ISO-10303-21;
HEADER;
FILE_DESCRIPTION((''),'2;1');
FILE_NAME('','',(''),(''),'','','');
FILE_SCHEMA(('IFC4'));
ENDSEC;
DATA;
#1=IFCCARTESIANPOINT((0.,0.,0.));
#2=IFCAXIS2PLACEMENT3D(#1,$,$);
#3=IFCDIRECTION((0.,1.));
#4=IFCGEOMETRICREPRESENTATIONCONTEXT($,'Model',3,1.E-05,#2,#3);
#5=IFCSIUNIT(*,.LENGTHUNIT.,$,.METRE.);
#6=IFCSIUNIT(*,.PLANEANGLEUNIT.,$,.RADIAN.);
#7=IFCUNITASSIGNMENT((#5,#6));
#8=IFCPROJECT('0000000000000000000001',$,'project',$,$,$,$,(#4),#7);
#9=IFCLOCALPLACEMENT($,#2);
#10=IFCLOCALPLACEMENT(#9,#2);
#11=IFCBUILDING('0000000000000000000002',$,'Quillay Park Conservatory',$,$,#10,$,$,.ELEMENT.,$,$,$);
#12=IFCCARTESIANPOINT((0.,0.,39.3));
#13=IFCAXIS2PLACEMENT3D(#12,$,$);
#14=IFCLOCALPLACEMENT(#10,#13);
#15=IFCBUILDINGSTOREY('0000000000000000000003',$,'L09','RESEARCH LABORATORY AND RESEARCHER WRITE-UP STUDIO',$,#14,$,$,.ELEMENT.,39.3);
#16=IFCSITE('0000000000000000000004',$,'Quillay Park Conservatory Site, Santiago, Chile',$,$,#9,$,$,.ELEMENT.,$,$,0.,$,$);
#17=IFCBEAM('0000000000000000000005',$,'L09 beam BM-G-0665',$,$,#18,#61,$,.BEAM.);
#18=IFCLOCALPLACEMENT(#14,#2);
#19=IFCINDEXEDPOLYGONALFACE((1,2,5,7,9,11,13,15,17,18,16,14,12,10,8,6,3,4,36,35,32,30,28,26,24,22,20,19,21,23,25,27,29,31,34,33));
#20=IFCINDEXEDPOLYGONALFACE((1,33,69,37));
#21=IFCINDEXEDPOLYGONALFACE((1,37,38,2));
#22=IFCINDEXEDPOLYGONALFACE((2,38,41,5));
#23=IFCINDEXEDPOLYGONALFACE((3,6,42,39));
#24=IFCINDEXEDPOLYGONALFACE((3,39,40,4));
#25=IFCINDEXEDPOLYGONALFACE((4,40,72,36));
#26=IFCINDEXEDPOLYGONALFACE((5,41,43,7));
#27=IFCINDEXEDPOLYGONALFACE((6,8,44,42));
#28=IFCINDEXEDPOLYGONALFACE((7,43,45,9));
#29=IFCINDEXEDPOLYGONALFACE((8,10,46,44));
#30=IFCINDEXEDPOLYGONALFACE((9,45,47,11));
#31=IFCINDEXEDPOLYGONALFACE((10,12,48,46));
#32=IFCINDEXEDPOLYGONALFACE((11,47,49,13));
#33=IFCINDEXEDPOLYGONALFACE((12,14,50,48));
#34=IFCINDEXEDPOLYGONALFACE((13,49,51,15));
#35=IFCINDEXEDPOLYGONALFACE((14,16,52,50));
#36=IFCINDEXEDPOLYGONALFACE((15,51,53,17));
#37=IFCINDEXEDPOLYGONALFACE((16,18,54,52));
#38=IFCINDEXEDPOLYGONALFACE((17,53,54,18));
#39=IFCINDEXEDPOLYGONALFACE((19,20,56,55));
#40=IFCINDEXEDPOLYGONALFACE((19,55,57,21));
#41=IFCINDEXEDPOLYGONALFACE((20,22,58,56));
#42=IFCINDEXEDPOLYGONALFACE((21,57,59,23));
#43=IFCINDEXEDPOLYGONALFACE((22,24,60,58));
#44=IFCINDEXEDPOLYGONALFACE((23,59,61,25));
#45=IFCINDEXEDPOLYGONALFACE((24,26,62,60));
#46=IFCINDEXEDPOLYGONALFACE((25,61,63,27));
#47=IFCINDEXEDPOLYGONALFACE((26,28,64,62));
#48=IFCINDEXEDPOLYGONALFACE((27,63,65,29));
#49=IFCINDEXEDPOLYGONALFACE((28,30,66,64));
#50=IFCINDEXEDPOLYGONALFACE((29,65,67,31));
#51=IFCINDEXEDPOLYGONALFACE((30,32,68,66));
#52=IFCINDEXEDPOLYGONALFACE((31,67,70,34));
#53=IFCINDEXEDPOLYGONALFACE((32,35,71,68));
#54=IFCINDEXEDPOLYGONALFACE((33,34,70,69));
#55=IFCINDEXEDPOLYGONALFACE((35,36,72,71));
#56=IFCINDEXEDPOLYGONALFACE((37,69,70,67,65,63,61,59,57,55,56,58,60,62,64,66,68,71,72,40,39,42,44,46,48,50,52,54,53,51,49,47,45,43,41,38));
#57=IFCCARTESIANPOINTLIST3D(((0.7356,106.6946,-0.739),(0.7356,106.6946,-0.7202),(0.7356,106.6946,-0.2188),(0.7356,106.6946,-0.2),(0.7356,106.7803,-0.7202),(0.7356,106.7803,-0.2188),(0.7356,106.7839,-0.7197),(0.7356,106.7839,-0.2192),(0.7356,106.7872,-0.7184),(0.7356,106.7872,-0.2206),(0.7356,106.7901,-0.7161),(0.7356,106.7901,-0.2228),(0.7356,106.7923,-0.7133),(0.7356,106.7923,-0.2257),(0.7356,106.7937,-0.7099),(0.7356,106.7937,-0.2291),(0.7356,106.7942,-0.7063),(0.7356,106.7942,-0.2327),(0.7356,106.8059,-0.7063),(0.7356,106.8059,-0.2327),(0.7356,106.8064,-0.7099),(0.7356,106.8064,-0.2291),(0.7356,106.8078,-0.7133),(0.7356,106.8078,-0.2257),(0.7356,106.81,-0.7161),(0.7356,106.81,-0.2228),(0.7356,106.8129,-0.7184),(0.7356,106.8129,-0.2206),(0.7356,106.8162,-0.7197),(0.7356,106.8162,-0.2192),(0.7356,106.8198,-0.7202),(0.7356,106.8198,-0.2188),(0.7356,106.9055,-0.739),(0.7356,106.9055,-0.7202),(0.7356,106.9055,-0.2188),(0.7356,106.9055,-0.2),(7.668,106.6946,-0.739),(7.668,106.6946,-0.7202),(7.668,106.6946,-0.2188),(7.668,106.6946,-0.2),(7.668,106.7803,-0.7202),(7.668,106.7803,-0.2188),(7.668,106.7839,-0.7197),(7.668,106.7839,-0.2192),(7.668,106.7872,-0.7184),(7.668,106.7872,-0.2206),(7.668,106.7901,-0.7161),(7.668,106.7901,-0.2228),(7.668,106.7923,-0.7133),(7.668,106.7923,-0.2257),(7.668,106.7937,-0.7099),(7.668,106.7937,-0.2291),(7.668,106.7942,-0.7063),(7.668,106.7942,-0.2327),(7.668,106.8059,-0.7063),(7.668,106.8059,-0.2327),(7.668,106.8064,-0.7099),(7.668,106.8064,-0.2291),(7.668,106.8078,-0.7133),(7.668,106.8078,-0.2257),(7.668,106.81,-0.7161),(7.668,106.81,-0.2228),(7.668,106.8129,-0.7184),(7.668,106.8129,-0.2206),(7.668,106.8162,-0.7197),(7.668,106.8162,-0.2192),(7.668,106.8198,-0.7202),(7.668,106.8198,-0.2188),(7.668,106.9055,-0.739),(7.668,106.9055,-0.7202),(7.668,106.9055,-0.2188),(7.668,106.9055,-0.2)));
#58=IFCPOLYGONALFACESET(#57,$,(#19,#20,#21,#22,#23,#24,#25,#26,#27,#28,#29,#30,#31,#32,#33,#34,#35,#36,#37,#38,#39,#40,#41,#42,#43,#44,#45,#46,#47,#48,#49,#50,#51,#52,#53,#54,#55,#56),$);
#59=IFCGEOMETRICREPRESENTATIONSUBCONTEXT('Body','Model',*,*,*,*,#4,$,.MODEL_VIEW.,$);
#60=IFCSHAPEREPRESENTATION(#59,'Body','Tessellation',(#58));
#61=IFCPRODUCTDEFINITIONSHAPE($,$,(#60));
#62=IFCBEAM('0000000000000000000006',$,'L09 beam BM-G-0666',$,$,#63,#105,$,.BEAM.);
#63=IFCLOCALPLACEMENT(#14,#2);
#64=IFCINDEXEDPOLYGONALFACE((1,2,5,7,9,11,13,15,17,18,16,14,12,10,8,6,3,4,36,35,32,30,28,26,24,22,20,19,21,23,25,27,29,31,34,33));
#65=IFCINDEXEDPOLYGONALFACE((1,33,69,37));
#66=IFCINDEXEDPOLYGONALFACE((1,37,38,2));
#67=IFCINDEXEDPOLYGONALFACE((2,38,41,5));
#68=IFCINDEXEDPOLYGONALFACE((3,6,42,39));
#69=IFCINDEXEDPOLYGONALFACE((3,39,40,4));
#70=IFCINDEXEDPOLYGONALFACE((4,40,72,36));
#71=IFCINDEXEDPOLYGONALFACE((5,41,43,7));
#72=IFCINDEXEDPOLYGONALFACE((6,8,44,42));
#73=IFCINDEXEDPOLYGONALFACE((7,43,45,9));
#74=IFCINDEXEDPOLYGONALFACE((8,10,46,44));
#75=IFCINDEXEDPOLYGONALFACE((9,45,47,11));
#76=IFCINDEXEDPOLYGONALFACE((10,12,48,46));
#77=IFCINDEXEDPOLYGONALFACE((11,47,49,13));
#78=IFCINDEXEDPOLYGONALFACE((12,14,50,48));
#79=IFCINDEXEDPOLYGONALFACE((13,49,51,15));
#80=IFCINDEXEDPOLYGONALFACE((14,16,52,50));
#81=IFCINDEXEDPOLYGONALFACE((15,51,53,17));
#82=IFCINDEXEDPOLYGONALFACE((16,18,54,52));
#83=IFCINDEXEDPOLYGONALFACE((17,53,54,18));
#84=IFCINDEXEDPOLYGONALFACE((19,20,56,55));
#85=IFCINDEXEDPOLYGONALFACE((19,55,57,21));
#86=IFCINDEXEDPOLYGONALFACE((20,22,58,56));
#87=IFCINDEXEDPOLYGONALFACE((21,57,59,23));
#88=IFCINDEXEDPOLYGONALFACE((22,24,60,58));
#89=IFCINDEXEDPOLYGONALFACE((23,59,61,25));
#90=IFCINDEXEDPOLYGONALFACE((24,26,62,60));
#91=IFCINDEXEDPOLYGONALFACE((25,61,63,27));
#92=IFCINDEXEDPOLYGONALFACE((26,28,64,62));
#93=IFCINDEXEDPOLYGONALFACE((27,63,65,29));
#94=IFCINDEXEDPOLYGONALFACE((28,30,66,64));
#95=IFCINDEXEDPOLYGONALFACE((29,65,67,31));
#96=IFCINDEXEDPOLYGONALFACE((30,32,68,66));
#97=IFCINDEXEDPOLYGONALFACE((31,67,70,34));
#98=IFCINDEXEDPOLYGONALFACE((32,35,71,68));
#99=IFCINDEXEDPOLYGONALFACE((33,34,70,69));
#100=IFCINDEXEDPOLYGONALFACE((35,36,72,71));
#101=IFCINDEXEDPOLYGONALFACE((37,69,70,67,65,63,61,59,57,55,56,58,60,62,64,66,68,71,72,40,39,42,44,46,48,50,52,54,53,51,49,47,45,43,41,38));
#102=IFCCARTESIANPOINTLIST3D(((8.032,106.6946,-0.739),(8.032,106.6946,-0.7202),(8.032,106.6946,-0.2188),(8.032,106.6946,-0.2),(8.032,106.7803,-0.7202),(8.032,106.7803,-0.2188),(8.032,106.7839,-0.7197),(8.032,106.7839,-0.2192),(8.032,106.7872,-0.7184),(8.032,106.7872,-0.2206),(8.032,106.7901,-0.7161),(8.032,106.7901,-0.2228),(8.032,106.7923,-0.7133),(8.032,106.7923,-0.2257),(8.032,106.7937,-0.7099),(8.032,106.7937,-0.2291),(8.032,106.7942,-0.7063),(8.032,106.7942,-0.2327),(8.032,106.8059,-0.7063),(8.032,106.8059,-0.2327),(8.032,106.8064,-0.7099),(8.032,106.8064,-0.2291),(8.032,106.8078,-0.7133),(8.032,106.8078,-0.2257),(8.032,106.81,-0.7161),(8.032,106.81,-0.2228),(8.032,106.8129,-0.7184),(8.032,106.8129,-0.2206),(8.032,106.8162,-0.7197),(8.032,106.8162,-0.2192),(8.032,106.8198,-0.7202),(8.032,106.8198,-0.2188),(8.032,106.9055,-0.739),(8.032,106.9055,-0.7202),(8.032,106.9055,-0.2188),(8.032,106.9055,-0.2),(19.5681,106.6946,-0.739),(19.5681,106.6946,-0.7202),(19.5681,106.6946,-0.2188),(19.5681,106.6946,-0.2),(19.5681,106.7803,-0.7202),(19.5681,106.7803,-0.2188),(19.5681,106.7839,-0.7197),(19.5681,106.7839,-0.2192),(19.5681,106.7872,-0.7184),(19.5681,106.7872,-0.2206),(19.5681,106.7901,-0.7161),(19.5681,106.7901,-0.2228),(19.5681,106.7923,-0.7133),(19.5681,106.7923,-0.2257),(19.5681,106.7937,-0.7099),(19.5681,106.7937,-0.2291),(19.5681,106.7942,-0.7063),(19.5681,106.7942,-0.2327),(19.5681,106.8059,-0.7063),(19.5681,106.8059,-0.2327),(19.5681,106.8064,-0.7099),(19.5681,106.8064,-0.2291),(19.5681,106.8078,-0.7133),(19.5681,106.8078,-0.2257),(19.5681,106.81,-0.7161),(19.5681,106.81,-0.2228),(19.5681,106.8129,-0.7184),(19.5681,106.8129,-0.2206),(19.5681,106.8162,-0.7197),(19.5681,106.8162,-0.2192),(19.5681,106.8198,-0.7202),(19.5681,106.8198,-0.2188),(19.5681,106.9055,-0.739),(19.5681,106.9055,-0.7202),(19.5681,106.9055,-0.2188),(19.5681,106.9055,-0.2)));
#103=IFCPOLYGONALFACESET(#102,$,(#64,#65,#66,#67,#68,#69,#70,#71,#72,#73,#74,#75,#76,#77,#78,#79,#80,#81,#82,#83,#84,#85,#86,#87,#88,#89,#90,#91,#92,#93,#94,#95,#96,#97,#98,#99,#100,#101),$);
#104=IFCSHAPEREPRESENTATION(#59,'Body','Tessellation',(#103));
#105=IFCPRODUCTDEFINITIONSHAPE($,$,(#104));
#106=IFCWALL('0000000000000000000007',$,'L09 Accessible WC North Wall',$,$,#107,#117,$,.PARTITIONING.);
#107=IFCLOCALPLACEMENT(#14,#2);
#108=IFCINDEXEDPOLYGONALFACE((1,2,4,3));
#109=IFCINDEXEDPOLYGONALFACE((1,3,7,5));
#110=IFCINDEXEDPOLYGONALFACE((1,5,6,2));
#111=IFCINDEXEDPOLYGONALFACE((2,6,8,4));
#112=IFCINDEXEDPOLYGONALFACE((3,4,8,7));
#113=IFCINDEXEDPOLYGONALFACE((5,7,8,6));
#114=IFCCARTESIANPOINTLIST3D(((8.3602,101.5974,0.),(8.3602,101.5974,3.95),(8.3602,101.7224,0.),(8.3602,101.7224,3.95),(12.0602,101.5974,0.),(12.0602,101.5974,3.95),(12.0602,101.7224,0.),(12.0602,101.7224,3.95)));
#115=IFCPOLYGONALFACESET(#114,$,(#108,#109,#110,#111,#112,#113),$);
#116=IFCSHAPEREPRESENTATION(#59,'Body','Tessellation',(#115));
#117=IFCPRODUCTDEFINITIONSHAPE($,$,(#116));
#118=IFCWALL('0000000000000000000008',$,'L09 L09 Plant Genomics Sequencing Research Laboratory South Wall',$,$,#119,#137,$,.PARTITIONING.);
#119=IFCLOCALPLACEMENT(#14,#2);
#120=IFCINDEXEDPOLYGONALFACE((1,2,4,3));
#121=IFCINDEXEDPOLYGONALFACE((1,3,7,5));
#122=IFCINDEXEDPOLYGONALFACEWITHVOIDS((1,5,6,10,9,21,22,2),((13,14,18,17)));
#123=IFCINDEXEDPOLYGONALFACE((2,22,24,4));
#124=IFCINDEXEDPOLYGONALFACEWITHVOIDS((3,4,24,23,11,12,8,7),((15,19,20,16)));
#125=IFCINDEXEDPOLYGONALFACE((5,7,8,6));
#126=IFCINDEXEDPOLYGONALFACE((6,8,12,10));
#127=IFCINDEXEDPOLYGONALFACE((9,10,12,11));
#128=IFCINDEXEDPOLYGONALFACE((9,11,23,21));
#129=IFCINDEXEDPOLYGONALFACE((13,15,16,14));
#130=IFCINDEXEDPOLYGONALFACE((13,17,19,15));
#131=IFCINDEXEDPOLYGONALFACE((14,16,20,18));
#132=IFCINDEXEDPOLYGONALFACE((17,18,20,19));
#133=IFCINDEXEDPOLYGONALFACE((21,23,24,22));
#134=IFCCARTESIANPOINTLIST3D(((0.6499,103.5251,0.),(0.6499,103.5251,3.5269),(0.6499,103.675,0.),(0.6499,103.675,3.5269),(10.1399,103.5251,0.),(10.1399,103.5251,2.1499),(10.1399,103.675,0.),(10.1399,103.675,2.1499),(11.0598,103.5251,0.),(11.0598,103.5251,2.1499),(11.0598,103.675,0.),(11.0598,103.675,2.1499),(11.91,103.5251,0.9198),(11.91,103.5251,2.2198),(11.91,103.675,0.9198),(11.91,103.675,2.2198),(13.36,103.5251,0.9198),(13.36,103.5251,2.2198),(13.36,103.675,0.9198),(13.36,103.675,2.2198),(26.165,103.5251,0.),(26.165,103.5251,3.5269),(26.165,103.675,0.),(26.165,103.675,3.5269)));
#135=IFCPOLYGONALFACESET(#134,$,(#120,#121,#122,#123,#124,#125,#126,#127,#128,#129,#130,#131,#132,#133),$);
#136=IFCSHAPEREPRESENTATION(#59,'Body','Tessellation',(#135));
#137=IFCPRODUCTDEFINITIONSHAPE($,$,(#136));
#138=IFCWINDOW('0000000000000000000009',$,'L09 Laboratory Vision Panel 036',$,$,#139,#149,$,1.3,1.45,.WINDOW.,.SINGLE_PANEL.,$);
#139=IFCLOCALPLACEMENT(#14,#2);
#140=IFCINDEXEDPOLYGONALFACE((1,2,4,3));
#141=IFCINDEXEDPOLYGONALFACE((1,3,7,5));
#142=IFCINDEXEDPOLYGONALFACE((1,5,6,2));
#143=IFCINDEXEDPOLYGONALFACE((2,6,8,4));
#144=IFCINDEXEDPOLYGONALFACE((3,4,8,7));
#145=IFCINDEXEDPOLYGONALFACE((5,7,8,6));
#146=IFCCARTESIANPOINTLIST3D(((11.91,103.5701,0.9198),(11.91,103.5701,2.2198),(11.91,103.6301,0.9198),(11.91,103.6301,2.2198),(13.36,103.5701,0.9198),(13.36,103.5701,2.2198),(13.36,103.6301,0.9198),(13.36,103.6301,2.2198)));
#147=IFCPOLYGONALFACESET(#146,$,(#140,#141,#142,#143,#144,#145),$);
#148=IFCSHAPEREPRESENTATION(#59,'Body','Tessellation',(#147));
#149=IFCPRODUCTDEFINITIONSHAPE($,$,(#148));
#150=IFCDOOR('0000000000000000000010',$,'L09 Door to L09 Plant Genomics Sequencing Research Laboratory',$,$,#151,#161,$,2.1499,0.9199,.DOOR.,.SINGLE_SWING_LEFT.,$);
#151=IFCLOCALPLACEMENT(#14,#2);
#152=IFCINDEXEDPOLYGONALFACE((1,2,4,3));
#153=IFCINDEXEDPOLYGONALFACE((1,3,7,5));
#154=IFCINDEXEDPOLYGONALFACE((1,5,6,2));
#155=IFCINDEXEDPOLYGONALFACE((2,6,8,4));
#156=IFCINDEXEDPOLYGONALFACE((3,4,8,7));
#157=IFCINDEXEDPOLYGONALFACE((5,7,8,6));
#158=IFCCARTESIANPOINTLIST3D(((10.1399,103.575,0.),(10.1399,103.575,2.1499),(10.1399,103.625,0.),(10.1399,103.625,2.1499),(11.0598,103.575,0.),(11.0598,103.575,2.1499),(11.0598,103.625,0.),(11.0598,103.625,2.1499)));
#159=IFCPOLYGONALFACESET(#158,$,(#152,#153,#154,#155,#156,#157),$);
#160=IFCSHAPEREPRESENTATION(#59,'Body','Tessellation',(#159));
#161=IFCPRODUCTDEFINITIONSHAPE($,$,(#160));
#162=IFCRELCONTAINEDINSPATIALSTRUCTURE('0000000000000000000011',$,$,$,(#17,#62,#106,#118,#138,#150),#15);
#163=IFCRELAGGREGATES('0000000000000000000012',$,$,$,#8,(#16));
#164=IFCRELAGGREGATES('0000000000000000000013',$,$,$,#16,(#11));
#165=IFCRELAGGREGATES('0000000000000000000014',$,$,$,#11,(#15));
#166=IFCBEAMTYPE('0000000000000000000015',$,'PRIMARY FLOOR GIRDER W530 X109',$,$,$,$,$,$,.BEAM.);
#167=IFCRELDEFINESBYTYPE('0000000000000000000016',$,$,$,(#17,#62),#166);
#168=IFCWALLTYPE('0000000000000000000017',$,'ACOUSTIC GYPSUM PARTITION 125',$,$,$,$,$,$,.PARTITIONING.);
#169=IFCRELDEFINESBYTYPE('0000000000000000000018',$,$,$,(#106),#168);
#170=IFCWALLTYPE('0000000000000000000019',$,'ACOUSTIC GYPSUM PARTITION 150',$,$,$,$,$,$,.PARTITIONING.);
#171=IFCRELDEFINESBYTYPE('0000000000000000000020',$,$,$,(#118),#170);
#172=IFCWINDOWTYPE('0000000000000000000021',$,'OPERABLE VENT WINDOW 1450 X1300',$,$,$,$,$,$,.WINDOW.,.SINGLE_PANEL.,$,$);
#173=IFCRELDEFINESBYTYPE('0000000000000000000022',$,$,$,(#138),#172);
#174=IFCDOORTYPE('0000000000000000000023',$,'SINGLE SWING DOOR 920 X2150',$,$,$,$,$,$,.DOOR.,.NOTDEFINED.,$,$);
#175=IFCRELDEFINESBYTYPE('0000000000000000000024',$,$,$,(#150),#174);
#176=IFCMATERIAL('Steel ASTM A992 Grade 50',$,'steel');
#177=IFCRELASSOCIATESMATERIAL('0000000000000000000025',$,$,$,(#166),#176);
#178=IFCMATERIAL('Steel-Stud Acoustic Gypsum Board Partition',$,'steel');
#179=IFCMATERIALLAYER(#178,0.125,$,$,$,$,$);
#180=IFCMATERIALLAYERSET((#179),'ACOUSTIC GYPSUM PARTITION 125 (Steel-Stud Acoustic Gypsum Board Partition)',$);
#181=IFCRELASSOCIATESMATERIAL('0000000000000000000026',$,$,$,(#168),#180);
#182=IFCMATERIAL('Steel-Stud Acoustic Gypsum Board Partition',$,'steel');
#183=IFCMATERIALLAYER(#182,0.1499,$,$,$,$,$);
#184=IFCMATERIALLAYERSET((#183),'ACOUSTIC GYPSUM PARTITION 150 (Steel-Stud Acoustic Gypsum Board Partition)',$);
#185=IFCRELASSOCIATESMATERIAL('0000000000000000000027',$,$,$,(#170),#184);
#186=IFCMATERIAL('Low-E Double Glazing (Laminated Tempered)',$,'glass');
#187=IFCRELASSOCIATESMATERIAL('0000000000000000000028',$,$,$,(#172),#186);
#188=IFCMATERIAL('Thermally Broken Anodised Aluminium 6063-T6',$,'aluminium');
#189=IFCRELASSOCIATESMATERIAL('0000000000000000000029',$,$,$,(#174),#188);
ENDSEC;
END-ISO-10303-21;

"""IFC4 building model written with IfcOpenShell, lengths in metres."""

from ifc_helpers import new_model, si_unit, direction, frame, frame_2d, origin, origin_2d, place, context, subcontext, project, spatial, rectangle, i_section, extrude, material, layer, layer_set, material_profile, profile_set, type_object, element, fill, save


model = new_model("IFC4")

# Units and contexts
model_context = context("Model", 3, precision=1e-05, world=origin(), true_north=direction((0.0, 1.0)))
body_context = subcontext(model_context, "Body", "Model", "MODEL_VIEW")
ifc_project = project(units=[si_unit("LENGTHUNIT", "METRE"), si_unit("PLANEANGLEUNIT", "RADIAN")], contexts=[model_context])

# Site, building, storey
site_placement = place(None, origin())
site = spatial("IfcSite", under=ifc_project, at=site_placement, Name="Quillay Park Conservatory Site, Santiago, Chile", CompositionType="ELEMENT", RefElevation=0.0)
building_placement = place(site_placement, origin())
building = spatial("IfcBuilding", under=site, at=building_placement, Name="Quillay Park Conservatory", CompositionType="ELEMENT")
storey_placement = place(building_placement, frame((0.0, 0.0, 39.3)))
storey = spatial("IfcBuildingStorey", under=building, at=storey_placement, Name="L09", Description="RESEARCH LABORATORY AND RESEARCHER WRITE-UP STUDIO", CompositionType="ELEMENT", Elevation=39.3)

# Beams
ifc_material_1 = material(Name="Steel ASTM A992 Grade 50", Category="steel")
ifc_material_profile_1 = material_profile(ifc_material_1, i_section(OverallWidth=0.2109, OverallDepth=0.5391, WebThickness=0.0117, FlangeThickness=0.0188, FilletRadius=0.0139, at=origin_2d()), Name="W530x109")
ifc_profile_set_1 = profile_set([ifc_material_profile_1], Name="Steel ASTM A992 Grade 50")
beam_type_1 = type_object("IfcBeamType", Name="PRIMARY FLOOR GIRDER W530 X109", PredefinedType="BEAM", material=ifc_profile_set_1)
beam_1_placement = place(storey_placement, frame((0.7356, 106.8, -0.4695), z_axis=(1.0, 0.0, 0.0), x_axis=(0.0, 1.0, 0.0)))
element("IfcBeam", 1, at=beam_1_placement, inside=storey, type_object=beam_type_1, Name="L09 beam BM-G-0665", PredefinedType="BEAM", context=body_context, shape_type="SweptSolid", body=[
    extrude(i_section(OverallWidth=0.2109, OverallDepth=0.5391, WebThickness=0.0117, FlangeThickness=0.0188, FilletRadius=0.0139, at=origin_2d()), origin(), (0.0, 0.0, 1.0), 6.9324),
])
beam_2_placement = place(storey_placement, frame((8.032, 106.8, -0.4695), z_axis=(1.0, 0.0, 0.0), x_axis=(0.0, 1.0, 0.0)))
element("IfcBeam", 2, at=beam_2_placement, inside=storey, type_object=beam_type_1, Name="L09 beam BM-G-0666", PredefinedType="BEAM", context=body_context, shape_type="SweptSolid", body=[
    extrude(i_section(OverallWidth=0.2109, OverallDepth=0.5391, WebThickness=0.0117, FlangeThickness=0.0188, FilletRadius=0.0139, at=origin_2d()), origin(), (0.0, 0.0, 1.0), 11.5361),
])

# Wall
ifc_material_2 = material(Name="Steel-Stud Acoustic Gypsum Board Partition", Category="steel")
ifc_layer_1 = layer(ifc_material_2, 0.125)
ifc_layer_set_1 = layer_set([ifc_layer_1], Name="ACOUSTIC GYPSUM PARTITION 125 (Steel-Stud Acoustic Gypsum Board Partition)")
wall_type_1 = type_object("IfcWallType", Name="ACOUSTIC GYPSUM PARTITION 125", PredefinedType="PARTITIONING", material=ifc_layer_set_1)
wall_1_placement = place(storey_placement, frame((8.3601, 101.6599, 0.0), z_axis=(0.0, 0.0, 1.0), x_axis=(1.0, 0.0, 0.0)))
element("IfcWall", 3, at=wall_1_placement, inside=storey, type_object=wall_type_1, Name="L09 Accessible WC North Wall", PredefinedType="PARTITIONING", context=body_context, shape_type="SweptSolid", body=[
    extrude(rectangle(XDim=3.7, YDim=0.125, at=frame_2d((1.8501, 0.0))), origin(), (0.0, 0.0, 1.0), 3.95),
])

# Wall, openings, window, door
ifc_material_3 = material(Name="Steel-Stud Acoustic Gypsum Board Partition", Category="steel")
ifc_layer_2 = layer(ifc_material_3, 0.1499)
ifc_layer_set_2 = layer_set([ifc_layer_2], Name="ACOUSTIC GYPSUM PARTITION 150 (Steel-Stud Acoustic Gypsum Board Partition)")
wall_type_2 = type_object("IfcWallType", Name="ACOUSTIC GYPSUM PARTITION 150", PredefinedType="PARTITIONING", material=ifc_layer_set_2)
wall_2_placement = place(storey_placement, frame((0.6499, 103.6001, 0.0), z_axis=(0.0, 0.0, 1.0), x_axis=(1.0, 0.0, 0.0)))
wall_2 = element("IfcWall", 4, at=wall_2_placement, inside=storey, type_object=wall_type_2, Name="L09 L09 Plant Genomics Sequencing Research Laboratory South Wall", PredefinedType="PARTITIONING", context=body_context, shape_type="SweptSolid", body=[
    extrude(rectangle(XDim=25.5151, YDim=0.1499, at=frame_2d((12.7576, 0.0))), origin(), (0.0, 0.0, 1.0), 3.5269),
])
opening_1_placement = place(wall_2_placement, frame((9.49, 0.0, 0.0)))
opening_1 = element("IfcOpeningElement", 5, at=opening_1_placement, cuts=wall_2, PredefinedType="OPENING", context=body_context, shape_type="SweptSolid", body=[
    extrude(rectangle(XDim=0.9199, YDim=2.1499, at=frame_2d((0.46, 1.075))), frame((0.0, 0.075, 0.0), z_axis=(0.0, -1.0, 0.0), x_axis=(1.0, 0.0, 0.0)), (0.0, 0.0, 1.0), 0.1499),
])
opening_2_placement = place(wall_2_placement, frame((11.26, 0.0, 0.9199)))
opening_2 = element("IfcOpeningElement", 6, at=opening_2_placement, cuts=wall_2, PredefinedType="OPENING", context=body_context, shape_type="SweptSolid", body=[
    extrude(rectangle(XDim=1.45, YDim=1.3, at=frame_2d((0.7251, 0.6499))), frame((0.0, 0.075, 0.0), z_axis=(0.0, -1.0, 0.0), x_axis=(1.0, 0.0, 0.0)), (0.0, 0.0, 1.0), 0.1499),
])
ifc_material_4 = material(Name="Low-E Double Glazing (Laminated Tempered)", Category="glass")
window_type_1 = type_object("IfcWindowType", Name="OPERABLE VENT WINDOW 1450 X1300", PartitioningType="SINGLE_PANEL", PredefinedType="WINDOW", material=ifc_material_4)
window_1_placement = place(opening_2_placement, origin())
window_1 = element("IfcWindow", 7, at=window_1_placement, inside=storey, type_object=window_type_1, Name="L09 Laboratory Vision Panel 036", OverallHeight=1.3, OverallWidth=1.45, PartitioningType="SINGLE_PANEL", PredefinedType="WINDOW", context=body_context, shape_type="SweptSolid", body=[
    extrude(rectangle(XDim=1.45, YDim=1.3, at=frame_2d((0.7251, 0.6499))), frame((0.0, 0.03, 0.0), z_axis=(0.0, -1.0, 0.0), x_axis=(1.0, 0.0, 0.0)), (0.0, 0.0, 1.0), 0.0601),
])
fill(opening_2, window_1)
ifc_material_5 = material(Name="Thermally Broken Anodised Aluminium 6063-T6", Category="aluminium")
door_type_1 = type_object("IfcDoorType", Name="SINGLE SWING DOOR 920 X2150", OperationType="NOTDEFINED", PredefinedType="DOOR", material=ifc_material_5)
door_1_placement = place(opening_1_placement, origin())
door_1 = element("IfcDoor", 8, at=door_1_placement, inside=storey, type_object=door_type_1, Name="L09 Door to L09 Plant Genomics Sequencing Research Laboratory", OperationType="SINGLE_SWING_LEFT", OverallHeight=2.1499, OverallWidth=0.9199, PredefinedType="DOOR", context=body_context, shape_type="SweptSolid", body=[
    extrude(rectangle(XDim=0.9199, YDim=2.1499, at=frame_2d((0.46, 1.075))), frame((0.0, 0.0249, 0.0), z_axis=(0.0, -1.0, 0.0), x_axis=(1.0, 0.0, 0.0)), (0.0, 0.0, 1.0), 0.05),
])
fill(opening_1, door_1)

save(model, "model.ifc")
